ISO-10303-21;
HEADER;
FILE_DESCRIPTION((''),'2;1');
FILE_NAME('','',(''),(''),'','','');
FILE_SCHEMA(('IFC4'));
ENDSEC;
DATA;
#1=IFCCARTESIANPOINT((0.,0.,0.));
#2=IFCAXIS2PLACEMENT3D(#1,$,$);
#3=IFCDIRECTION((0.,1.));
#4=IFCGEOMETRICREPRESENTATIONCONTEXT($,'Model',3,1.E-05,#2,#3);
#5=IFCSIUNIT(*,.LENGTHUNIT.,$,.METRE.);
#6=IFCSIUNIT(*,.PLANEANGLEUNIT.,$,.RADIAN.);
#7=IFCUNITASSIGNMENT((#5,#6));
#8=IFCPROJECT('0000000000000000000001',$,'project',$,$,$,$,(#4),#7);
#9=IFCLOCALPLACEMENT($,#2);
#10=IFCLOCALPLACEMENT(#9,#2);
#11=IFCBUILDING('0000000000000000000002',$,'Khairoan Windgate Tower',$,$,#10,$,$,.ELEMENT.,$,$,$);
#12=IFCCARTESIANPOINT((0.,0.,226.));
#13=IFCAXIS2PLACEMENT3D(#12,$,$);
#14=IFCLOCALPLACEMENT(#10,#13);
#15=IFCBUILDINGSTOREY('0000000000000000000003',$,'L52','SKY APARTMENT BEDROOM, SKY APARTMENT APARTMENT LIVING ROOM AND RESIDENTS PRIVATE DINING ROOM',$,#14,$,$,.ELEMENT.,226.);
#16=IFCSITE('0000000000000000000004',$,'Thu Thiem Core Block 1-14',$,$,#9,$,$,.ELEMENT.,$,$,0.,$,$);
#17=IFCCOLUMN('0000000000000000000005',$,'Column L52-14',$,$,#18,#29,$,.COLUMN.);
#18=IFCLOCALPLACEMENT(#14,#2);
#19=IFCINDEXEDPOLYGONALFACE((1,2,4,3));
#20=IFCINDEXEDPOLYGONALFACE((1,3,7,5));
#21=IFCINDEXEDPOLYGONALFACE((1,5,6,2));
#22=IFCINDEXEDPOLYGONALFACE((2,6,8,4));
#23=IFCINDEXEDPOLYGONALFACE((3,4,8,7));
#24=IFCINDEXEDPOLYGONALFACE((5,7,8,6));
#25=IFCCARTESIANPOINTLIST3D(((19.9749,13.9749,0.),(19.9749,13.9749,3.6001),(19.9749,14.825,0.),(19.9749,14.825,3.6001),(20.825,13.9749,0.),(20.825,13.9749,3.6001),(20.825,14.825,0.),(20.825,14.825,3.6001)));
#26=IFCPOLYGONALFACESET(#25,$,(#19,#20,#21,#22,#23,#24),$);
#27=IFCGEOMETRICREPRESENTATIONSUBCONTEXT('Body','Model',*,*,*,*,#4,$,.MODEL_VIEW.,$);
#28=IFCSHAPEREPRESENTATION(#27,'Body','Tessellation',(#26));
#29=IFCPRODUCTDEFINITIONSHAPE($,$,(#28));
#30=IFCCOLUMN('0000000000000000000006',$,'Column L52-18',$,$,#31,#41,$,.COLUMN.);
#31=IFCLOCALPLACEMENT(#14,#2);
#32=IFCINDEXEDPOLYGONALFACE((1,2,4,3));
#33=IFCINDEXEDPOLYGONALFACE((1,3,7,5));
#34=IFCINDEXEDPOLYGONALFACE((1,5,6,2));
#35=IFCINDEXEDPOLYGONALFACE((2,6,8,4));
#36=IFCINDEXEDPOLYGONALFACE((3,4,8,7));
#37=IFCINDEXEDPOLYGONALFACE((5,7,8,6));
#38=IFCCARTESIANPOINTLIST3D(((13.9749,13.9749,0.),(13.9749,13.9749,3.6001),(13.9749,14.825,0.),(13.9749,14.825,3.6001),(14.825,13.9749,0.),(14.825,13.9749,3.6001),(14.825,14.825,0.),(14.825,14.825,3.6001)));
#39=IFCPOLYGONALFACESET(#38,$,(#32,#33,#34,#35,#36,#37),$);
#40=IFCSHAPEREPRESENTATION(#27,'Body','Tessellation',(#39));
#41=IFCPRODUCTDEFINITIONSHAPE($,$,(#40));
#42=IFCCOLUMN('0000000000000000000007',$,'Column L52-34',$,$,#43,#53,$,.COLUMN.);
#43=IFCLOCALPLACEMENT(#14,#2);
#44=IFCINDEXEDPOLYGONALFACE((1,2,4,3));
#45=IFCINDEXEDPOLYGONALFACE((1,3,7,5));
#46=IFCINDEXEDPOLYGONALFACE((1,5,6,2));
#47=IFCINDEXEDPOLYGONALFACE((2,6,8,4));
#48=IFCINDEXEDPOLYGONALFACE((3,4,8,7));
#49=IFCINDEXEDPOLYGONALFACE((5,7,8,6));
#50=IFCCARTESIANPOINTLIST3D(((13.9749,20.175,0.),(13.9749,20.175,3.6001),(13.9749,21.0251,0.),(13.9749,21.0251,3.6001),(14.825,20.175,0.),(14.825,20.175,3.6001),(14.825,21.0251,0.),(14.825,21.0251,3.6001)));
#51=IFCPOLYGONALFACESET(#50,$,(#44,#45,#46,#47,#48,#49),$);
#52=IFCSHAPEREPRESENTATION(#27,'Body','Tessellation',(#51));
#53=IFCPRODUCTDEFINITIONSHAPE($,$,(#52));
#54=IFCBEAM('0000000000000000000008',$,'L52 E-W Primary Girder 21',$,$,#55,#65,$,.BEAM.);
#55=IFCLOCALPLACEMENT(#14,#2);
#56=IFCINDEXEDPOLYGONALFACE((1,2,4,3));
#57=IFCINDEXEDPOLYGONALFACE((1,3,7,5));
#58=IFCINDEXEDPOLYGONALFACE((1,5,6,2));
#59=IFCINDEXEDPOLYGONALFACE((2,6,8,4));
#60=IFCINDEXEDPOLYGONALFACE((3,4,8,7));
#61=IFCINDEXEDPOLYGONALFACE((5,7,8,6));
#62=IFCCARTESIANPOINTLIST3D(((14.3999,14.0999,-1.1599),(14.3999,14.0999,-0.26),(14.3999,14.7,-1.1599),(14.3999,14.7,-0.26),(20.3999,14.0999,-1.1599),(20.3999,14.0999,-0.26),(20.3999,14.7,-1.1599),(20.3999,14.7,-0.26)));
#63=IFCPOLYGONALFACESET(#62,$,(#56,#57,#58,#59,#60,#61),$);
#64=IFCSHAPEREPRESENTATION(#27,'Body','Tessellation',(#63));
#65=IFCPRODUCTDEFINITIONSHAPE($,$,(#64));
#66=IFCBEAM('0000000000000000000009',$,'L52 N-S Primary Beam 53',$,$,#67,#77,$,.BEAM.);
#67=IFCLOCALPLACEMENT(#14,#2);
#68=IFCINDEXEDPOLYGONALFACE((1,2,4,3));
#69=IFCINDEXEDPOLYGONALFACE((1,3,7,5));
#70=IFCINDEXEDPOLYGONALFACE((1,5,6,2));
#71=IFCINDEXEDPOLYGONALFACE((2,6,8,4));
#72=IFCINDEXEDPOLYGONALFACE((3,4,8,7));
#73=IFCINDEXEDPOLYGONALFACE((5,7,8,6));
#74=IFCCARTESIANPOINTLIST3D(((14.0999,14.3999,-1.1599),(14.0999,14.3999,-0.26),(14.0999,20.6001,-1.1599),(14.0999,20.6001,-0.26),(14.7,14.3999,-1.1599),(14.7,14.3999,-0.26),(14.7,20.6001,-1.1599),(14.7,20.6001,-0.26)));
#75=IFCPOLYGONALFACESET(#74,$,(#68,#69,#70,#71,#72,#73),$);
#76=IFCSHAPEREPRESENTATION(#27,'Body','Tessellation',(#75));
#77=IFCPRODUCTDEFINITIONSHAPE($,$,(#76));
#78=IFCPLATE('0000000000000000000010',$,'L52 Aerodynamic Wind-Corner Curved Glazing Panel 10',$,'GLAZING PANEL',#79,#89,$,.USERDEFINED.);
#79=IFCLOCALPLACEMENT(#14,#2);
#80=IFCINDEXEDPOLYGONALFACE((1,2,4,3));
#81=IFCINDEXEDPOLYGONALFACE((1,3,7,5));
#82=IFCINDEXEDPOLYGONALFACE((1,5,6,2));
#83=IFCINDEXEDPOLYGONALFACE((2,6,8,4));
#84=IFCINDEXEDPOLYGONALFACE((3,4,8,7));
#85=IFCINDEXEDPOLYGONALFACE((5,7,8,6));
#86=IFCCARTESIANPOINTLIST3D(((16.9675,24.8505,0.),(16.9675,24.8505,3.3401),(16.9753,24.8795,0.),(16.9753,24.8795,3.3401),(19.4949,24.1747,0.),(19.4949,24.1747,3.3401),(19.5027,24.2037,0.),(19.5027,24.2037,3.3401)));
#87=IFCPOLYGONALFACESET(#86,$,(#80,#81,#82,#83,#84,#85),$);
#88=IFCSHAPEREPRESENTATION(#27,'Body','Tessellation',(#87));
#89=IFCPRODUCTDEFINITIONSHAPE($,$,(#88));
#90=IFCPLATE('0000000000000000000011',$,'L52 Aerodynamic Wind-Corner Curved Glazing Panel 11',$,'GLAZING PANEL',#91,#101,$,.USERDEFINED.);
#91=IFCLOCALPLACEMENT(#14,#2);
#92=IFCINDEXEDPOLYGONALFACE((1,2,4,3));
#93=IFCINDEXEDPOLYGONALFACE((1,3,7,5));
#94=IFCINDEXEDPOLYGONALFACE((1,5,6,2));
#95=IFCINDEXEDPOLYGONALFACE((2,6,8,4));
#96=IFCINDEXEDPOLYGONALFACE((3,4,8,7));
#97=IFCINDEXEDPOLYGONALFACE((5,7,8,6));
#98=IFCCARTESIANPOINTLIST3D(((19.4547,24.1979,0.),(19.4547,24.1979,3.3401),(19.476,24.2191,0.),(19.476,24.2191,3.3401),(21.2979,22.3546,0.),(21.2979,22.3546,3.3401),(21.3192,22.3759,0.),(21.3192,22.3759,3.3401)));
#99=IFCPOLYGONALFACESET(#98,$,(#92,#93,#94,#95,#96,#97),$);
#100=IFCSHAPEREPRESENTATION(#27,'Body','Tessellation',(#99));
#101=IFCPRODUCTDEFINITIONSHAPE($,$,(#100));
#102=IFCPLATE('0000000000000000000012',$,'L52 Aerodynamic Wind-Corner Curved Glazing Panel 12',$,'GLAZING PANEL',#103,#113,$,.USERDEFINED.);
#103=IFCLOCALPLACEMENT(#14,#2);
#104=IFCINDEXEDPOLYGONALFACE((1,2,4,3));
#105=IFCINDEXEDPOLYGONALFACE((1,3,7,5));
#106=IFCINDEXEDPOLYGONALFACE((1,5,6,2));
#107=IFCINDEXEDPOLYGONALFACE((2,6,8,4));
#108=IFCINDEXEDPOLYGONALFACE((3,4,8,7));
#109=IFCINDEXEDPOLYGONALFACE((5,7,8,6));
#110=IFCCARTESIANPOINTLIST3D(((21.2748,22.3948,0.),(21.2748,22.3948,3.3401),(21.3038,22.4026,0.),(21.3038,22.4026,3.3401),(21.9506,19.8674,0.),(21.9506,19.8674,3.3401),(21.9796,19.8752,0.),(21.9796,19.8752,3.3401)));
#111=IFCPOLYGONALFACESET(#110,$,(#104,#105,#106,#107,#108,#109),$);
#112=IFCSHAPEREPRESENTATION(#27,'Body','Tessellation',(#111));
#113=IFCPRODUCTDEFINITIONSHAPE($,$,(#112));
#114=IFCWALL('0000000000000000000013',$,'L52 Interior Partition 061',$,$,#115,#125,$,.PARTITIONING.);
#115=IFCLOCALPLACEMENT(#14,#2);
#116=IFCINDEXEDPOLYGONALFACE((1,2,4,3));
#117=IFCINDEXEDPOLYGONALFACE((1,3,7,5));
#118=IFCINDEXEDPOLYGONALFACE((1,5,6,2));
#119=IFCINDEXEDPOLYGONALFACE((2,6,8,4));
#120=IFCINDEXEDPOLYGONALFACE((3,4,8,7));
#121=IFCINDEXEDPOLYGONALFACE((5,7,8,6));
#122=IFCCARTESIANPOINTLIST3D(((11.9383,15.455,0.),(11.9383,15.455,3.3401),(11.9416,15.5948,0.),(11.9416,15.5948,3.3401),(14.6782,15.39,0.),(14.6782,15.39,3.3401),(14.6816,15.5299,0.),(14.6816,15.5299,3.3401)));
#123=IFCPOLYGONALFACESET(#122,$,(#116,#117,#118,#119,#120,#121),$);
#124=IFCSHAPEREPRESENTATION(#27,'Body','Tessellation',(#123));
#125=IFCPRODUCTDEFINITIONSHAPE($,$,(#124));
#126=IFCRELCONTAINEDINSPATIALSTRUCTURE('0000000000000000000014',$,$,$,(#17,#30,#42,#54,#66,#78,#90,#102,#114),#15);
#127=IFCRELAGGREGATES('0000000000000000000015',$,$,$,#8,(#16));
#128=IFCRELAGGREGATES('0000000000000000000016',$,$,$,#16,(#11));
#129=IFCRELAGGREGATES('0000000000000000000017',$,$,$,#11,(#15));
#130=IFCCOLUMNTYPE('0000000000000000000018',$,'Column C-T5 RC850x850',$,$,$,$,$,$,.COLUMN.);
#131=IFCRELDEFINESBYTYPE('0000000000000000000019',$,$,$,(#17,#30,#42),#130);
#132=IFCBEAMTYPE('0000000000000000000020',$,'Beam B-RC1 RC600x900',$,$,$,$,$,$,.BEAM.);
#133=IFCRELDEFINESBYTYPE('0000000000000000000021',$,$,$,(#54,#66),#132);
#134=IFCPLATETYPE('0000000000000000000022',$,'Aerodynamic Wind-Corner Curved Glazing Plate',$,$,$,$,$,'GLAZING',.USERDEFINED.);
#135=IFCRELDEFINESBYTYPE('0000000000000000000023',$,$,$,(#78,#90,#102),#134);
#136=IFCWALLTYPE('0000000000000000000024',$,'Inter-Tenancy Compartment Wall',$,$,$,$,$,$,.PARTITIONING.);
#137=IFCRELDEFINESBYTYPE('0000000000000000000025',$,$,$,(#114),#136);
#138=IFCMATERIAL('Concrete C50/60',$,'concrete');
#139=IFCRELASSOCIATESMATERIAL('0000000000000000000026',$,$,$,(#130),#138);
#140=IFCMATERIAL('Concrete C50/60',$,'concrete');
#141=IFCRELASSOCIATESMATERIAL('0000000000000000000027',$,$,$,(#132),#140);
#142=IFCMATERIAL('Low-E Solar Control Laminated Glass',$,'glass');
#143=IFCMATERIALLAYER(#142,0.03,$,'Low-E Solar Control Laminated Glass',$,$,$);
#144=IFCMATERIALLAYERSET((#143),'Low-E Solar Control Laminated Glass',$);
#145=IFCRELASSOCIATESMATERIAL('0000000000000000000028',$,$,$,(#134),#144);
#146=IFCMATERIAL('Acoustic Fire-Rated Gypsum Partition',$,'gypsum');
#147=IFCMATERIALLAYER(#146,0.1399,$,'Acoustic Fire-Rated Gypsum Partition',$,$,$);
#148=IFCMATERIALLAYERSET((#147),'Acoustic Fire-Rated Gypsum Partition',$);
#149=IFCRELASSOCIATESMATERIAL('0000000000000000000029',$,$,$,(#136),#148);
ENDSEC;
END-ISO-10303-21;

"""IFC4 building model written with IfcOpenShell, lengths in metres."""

from ifc_helpers import new_model, si_unit, direction, frame, frame_2d, origin, origin_2d, place, context, subcontext, project, spatial, rectangle, extrude, material, layer, layer_set, material_profile, profile_set, type_object, element, save


model = new_model("IFC4")

# Units and contexts
model_context = context("Model", 3, precision=1e-05, world=origin(), true_north=direction((0.0, 1.0)))
body_context = subcontext(model_context, "Body", "Model", "MODEL_VIEW")
ifc_project = project(units=[si_unit("LENGTHUNIT", "METRE"), si_unit("PLANEANGLEUNIT", "RADIAN")], contexts=[model_context])

# Site, building, storey
site_placement = place(None, origin())
site = spatial("IfcSite", under=ifc_project, at=site_placement, Name="Thu Thiem Core Block 1-14", CompositionType="ELEMENT", RefElevation=0.0)
building_placement = place(site_placement, origin())
building = spatial("IfcBuilding", under=site, at=building_placement, Name="Khairoan Windgate Tower", CompositionType="ELEMENT")
storey_placement = place(building_placement, frame((0.0, 0.0, 226.0)))
storey = spatial("IfcBuildingStorey", under=building, at=storey_placement, Name="L52", Description="SKY APARTMENT BEDROOM, SKY APARTMENT APARTMENT LIVING ROOM AND RESIDENTS PRIVATE DINING ROOM", CompositionType="ELEMENT", Elevation=226.0)

# Columns
ifc_material_1 = material(Name="Concrete C50/60", Category="concrete")
ifc_material_profile_1 = material_profile(ifc_material_1, rectangle(XDim=0.8501, YDim=0.8501, at=origin_2d()))
ifc_profile_set_1 = profile_set([ifc_material_profile_1], Name="Concrete C50/60")
column_type = type_object("IfcColumnType", Name="Column C-T5 RC850x850", PredefinedType="COLUMN", material=ifc_profile_set_1)
for number, where, z_axis, x_axis, name in (
    (1, (20.3999, 14.3999, 0.0), (0.0, 0.0, 1.0), (1.0, 0.0, 0.0), "Column L52-14"),
    (2, (14.3999, 14.3999, 0.0), (0.0, 0.0, 1.0), (1.0, 0.0, 0.0), "Column L52-18"),
    (3, (14.3999, 20.6001, 0.0), (0.0, 0.0, 1.0), (1.0, 0.0, 0.0), "Column L52-34"),
):
    element("IfcColumn", number, at=place(storey_placement, frame(where, z_axis=z_axis, x_axis=x_axis)), inside=storey, type_object=column_type, Name=name, PredefinedType="COLUMN", context=body_context, shape_type="SweptSolid", body=[
        extrude(rectangle(XDim=0.8501, YDim=0.8501, at=origin_2d()), origin(), (0.0, 0.0, 1.0), 3.6001),
    ])

# Beams
ifc_material_2 = material(Name="Concrete C50/60", Category="concrete")
ifc_material_profile_2 = material_profile(ifc_material_2, rectangle(XDim=0.6001, YDim=0.8999, at=origin_2d()))
ifc_profile_set_2 = profile_set([ifc_material_profile_2], Name="Concrete C50/60")
beam_type = type_object("IfcBeamType", Name="Beam B-RC1 RC600x900", PredefinedType="BEAM", material=ifc_profile_set_2)
beam_1_placement = place(storey_placement, frame((14.3999, 14.3999, -0.71), z_axis=(1.0, 0.0, 0.0), x_axis=(0.0, 1.0, 0.0)))
element("IfcBeam", 4, at=beam_1_placement, inside=storey, type_object=beam_type, Name="L52 E-W Primary Girder 21", PredefinedType="BEAM", context=body_context, shape_type="SweptSolid", body=[
    extrude(rectangle(XDim=0.6001, YDim=0.8999, at=origin_2d()), origin(), (0.0, 0.0, 1.0), 6.0),
])
beam_2_placement = place(storey_placement, frame((14.3999, 14.3999, -0.71), z_axis=(0.0, 1.0, 0.0), x_axis=(-1.0, 0.0, 0.0)))
element("IfcBeam", 5, at=beam_2_placement, inside=storey, type_object=beam_type, Name="L52 N-S Primary Beam 53", PredefinedType="BEAM", context=body_context, shape_type="SweptSolid", body=[
    extrude(rectangle(XDim=0.6001, YDim=0.8999, at=origin_2d()), origin(), (0.0, 0.0, 1.0), 6.2002),
])

# Plates
ifc_material_3 = material(Name="Low-E Solar Control Laminated Glass", Category="glass")
ifc_layer_1 = layer(ifc_material_3, 0.03, Name="Low-E Solar Control Laminated Glass")
ifc_layer_set_1 = layer_set([ifc_layer_1], Name="Low-E Solar Control Laminated Glass")
plate_type_1 = type_object("IfcPlateType", Name="Aerodynamic Wind-Corner Curved Glazing Plate", ElementType="GLAZING", PredefinedType="USERDEFINED", material=ifc_layer_set_1)
plate_1_placement = place(storey_placement, frame((18.2351, 24.5271, 0.0), z_axis=(0.0, 0.0, 1.0), x_axis=(0.966061, -0.258313, 0.0)))
element("IfcPlate", 6, at=plate_1_placement, inside=storey, type_object=plate_type_1, Name="L52 Aerodynamic Wind-Corner Curved Glazing Panel 10", ObjectType="GLAZING PANEL", PredefinedType="USERDEFINED", context=body_context, shape_type="SweptSolid", body=[
    extrude(rectangle(XDim=2.6162, YDim=0.03, at=origin_2d()), origin(), (0.0, 0.0, 1.0), 3.3401),
])
plate_2_placement = place(storey_placement, frame((20.387, 23.2869, 0.0), z_axis=(0.0, 0.0, 1.0), x_axis=(0.707107, -0.707107, 0.0)))
element("IfcPlate", 7, at=plate_2_placement, inside=storey, type_object=plate_type_1, Name="L52 Aerodynamic Wind-Corner Curved Glazing Panel 11", ObjectType="GLAZING PANEL", PredefinedType="USERDEFINED", context=body_context, shape_type="SweptSolid", body=[
    extrude(rectangle(XDim=2.6067, YDim=0.03, at=origin_2d()), origin(), (0.0, 0.0, 1.0), 3.3401),
])
plate_3_placement = place(storey_placement, frame((21.6272, 21.135, 0.0), z_axis=(0.0, 0.0, 1.0), x_axis=(0.258313, -0.966061, 0.0)))
element("IfcPlate", 8, at=plate_3_placement, inside=storey, type_object=plate_type_1, Name="L52 Aerodynamic Wind-Corner Curved Glazing Panel 12", ObjectType="GLAZING PANEL", PredefinedType="USERDEFINED", context=body_context, shape_type="SweptSolid", body=[
    extrude(rectangle(XDim=2.6162, YDim=0.03, at=origin_2d()), origin(), (0.0, 0.0, 1.0), 3.3401),
])

# Wall
ifc_material_4 = material(Name="Acoustic Fire-Rated Gypsum Partition", Category="gypsum")
ifc_layer_2 = layer(ifc_material_4, 0.1399, Name="Acoustic Fire-Rated Gypsum Partition")
ifc_layer_set_2 = layer_set([ifc_layer_2], Name="Acoustic Fire-Rated Gypsum Partition")
wall_type = type_object("IfcWallType", Name="Inter-Tenancy Compartment Wall", PredefinedType="PARTITIONING", material=ifc_layer_set_2)
wall_placement = place(storey_placement, frame((11.9399, 15.5249, 0.0), z_axis=(0.0, 0.0, 1.0), x_axis=(0.999719, -0.023695, 0.0)))
element("IfcWall", 9, at=wall_placement, inside=storey, type_object=wall_type, Name="L52 Interior Partition 061", PredefinedType="PARTITIONING", context=body_context, shape_type="SweptSolid", body=[
    extrude(rectangle(XDim=2.7407, YDim=0.1399, at=frame_2d((1.3704, 0.0))), origin(), (0.0, 0.0, 1.0), 3.3401),
])

save(model, "model.ifc")
